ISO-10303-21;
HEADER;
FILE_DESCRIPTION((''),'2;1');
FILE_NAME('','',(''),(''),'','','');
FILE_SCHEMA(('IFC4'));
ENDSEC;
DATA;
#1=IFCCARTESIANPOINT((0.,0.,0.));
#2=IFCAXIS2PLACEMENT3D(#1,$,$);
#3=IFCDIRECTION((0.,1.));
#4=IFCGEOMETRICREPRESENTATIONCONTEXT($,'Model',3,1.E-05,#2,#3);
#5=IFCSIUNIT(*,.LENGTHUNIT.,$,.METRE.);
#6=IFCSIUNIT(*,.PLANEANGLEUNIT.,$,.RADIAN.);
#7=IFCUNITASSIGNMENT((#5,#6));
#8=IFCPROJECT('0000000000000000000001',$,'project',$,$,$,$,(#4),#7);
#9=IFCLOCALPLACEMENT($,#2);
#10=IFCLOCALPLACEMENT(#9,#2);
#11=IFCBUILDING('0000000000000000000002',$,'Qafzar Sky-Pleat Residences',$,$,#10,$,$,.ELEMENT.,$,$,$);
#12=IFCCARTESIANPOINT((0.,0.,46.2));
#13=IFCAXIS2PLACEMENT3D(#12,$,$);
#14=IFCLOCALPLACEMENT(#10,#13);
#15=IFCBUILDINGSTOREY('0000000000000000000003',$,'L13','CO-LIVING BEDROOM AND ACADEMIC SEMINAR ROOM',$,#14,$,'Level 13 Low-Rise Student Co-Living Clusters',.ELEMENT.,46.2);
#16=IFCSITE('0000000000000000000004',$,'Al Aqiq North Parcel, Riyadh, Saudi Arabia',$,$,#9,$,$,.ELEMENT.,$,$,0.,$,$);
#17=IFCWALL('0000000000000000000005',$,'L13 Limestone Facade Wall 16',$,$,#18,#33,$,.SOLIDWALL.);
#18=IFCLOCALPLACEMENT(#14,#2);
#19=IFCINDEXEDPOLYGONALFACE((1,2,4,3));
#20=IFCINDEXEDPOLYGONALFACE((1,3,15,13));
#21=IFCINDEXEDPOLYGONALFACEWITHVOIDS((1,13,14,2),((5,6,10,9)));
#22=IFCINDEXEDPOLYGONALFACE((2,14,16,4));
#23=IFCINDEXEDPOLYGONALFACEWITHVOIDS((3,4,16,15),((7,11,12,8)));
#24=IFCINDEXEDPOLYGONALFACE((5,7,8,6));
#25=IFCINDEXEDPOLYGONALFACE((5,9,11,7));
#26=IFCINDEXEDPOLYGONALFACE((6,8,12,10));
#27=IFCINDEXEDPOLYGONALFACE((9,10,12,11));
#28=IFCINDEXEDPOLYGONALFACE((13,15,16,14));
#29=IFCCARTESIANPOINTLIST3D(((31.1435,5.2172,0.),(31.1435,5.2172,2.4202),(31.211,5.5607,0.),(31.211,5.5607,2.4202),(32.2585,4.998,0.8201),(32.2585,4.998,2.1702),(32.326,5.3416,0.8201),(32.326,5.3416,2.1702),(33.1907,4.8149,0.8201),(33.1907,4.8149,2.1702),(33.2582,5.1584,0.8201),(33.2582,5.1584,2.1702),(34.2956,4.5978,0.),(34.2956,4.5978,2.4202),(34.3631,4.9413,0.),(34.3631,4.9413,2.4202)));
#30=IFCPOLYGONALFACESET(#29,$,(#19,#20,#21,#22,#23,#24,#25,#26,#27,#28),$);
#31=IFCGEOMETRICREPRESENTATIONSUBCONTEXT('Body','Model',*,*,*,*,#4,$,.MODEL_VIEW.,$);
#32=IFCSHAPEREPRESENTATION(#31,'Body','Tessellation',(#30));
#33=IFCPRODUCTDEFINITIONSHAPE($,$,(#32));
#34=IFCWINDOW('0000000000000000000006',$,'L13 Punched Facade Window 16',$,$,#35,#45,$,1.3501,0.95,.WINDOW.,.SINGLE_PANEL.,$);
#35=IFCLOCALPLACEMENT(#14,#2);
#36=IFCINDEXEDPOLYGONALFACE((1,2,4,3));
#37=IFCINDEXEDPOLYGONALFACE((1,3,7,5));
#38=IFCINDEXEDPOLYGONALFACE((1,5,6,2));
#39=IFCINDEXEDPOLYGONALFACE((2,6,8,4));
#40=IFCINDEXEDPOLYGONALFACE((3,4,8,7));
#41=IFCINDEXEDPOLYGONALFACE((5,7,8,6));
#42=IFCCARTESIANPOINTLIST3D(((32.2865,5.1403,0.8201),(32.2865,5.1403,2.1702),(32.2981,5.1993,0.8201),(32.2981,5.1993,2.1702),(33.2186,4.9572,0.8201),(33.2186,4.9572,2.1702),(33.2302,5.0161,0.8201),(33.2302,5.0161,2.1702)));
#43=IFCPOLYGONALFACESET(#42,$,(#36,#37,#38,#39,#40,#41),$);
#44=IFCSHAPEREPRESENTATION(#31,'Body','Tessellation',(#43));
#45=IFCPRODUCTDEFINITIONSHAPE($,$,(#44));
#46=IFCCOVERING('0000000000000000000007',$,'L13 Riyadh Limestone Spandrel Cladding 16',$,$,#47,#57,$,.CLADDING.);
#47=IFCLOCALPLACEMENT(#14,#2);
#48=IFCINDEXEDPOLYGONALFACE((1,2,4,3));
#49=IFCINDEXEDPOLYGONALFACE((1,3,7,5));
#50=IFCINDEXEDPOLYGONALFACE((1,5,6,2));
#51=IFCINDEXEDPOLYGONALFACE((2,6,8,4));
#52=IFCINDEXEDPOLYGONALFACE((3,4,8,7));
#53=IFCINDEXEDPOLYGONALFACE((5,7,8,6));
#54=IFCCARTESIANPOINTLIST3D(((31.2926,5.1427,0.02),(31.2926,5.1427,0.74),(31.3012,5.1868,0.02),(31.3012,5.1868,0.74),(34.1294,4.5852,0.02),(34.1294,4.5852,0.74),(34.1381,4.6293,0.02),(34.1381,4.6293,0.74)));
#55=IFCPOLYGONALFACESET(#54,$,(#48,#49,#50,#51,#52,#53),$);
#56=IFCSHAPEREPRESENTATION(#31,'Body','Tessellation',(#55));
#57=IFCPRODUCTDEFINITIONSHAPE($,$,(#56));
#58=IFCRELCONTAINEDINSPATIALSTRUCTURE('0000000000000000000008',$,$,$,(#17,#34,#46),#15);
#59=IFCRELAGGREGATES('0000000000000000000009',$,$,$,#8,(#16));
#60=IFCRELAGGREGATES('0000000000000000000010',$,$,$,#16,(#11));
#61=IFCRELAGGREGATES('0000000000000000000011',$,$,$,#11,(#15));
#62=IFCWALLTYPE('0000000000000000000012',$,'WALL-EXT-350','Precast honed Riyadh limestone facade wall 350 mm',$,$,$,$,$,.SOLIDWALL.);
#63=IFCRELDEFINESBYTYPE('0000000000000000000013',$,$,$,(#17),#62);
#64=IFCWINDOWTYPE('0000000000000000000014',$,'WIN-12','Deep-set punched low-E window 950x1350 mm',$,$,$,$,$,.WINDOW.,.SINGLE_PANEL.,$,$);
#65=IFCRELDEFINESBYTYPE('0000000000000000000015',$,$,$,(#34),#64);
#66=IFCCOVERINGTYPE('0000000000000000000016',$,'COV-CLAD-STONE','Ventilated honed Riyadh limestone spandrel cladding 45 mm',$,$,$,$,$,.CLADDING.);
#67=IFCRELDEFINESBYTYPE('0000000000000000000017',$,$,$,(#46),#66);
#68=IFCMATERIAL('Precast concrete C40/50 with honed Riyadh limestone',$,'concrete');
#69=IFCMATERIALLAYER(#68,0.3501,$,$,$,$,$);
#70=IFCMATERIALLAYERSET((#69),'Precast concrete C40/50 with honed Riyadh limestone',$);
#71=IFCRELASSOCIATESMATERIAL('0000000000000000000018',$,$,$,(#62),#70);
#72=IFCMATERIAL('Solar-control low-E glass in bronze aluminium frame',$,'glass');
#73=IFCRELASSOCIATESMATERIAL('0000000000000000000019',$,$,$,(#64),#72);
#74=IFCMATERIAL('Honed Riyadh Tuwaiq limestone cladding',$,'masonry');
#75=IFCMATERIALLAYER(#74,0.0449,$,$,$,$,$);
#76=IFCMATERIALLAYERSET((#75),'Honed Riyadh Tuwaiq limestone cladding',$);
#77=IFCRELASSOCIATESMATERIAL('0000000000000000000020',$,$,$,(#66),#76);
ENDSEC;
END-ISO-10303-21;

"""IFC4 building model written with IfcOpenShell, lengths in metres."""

from ifc_helpers import new_model, si_unit, direction, frame, frame_2d, origin, origin_2d, place, context, subcontext, project, spatial, rectangle, extrude, source, transform, mapped, material, layer, layer_set, type_object, element, fill, save


model = new_model("IFC4")

# Units and contexts
model_context = context("Model", 3, precision=1e-05, world=origin(), true_north=direction((0.0, 1.0)))
body_context = subcontext(model_context, "Body", "Model", "MODEL_VIEW")
ifc_project = project(units=[si_unit("LENGTHUNIT", "METRE"), si_unit("PLANEANGLEUNIT", "RADIAN")], contexts=[model_context])

# Site, building, storey
site_placement = place(None, origin())
site = spatial("IfcSite", under=ifc_project, at=site_placement, Name="Al Aqiq North Parcel, Riyadh, Saudi Arabia", CompositionType="ELEMENT", RefElevation=0.0)
building_placement = place(site_placement, origin())
building = spatial("IfcBuilding", under=site, at=building_placement, Name="Qafzar Sky-Pleat Residences", CompositionType="ELEMENT")
storey_placement = place(building_placement, frame((0.0, 0.0, 46.2)))
storey = spatial("IfcBuildingStorey", under=building, at=storey_placement, Name="L13", Description="CO-LIVING BEDROOM AND ACADEMIC SEMINAR ROOM", LongName="Level 13 Low-Rise Student Co-Living Clusters", CompositionType="ELEMENT", Elevation=46.2)

# Wall, opening, window
ifc_material_1 = material(Name="Precast concrete C40/50 with honed Riyadh limestone", Category="concrete")
ifc_layer_1 = layer(ifc_material_1, 0.3501)
ifc_layer_set_1 = layer_set([ifc_layer_1], Name="Precast concrete C40/50 with honed Riyadh limestone")
wall_type_1 = type_object("IfcWallType", Name="WALL-EXT-350", Description="Precast honed Riyadh limestone facade wall 350 mm", PredefinedType="SOLIDWALL", material=ifc_layer_set_1)
ifc_material_2 = material(Name="Solar-control low-E glass in bronze aluminium frame", Category="glass")
wall_1_placement = place(storey_placement, frame((31.1772, 5.3889, 0.0), z_axis=(0.0, 0.0, 1.0), x_axis=(0.981236, -0.192812, 0.0)))
wall_1 = element("IfcWall", 1, at=wall_1_placement, inside=storey, type_object=wall_type_1, Name="L13 Limestone Facade Wall 16", PredefinedType="SOLIDWALL", context=body_context, shape_type="SweptSolid", body=[
    extrude(rectangle(XDim=3.2124, YDim=0.3501, at=frame_2d((1.6062, 0.0))), origin(), (0.0, 0.0, 1.0), 2.4202),
])
opening_1_placement = place(wall_1_placement, frame((1.1362, 0.0, 0.8201)))
opening_1 = element("IfcOpeningElement", 2, at=opening_1_placement, cuts=wall_1, PredefinedType="OPENING", context=body_context, shape_type="SweptSolid", body=[
    extrude(rectangle(XDim=0.95, YDim=1.3501, at=frame_2d((0.4751, 0.675))), frame((0.0, 0.1851, 0.0), z_axis=(0.0, -1.0, 0.0), x_axis=(1.0, 0.0, 0.0)), (0.0, 0.0, 1.0), 0.3701),
])
window_type_1 = type_object("IfcWindowType", Name="WIN-12", Description="Deep-set punched low-E window 950x1350 mm", PartitioningType="SINGLE_PANEL", PredefinedType="WINDOW", material=ifc_material_2)
shared_shape_1 = source(origin(), body_context, "Body", "SweptSolid", [
    extrude(rectangle(XDim=0.95, YDim=1.3501, at=frame_2d((0.4751, 0.675))), frame((0.0, 0.03, 0.0), z_axis=(0.0, -1.0, 0.0), x_axis=(1.0, 0.0, 0.0)), (0.0, 0.0, 1.0), 0.0601),
])
window_1_placement = place(opening_1_placement, origin())
window_1 = element("IfcWindow", 3, at=window_1_placement, inside=storey, type_object=window_type_1, Name="L13 Punched Facade Window 16", OverallHeight=1.3501, OverallWidth=0.95, PartitioningType="SINGLE_PANEL", PredefinedType="WINDOW", context=body_context, shape_type="MappedRepresentation", body=[
    mapped(shared_shape_1, transform((0.0, 0.0, 0.0), x_axis=(1.0, 0.0, 0.0), y_axis=(0.0, 1.0, 0.0), z_axis=(0.0, 0.0, 1.0), scale=1.0)),
])
fill(opening_1, window_1)

# Covering
ifc_material_3 = material(Name="Honed Riyadh Tuwaiq limestone cladding", Category="masonry")
ifc_layer_2 = layer(ifc_material_3, 0.0449)
ifc_layer_set_2 = layer_set([ifc_layer_2], Name="Honed Riyadh Tuwaiq limestone cladding")
covering_type = type_object("IfcCoveringType", Name="COV-CLAD-STONE", Description="Ventilated honed Riyadh limestone spandrel cladding 45 mm", PredefinedType="CLADDING", material=ifc_layer_set_2)
shared_shape_2 = source(origin(), body_context, "Body", "SweptSolid", [
    extrude(rectangle(XDim=2.8911, YDim=0.0449, at=origin_2d()), origin(), (0.0, 0.0, 1.0), 0.72),
])
covering_placement = place(storey_placement, frame((32.7153, 4.886, 0.02), z_axis=(0.0, 0.0, 1.0), x_axis=(0.981235, -0.192816, 0.0)))
element("IfcCovering", 4, at=covering_placement, inside=storey, type_object=covering_type, Name="L13 Riyadh Limestone Spandrel Cladding 16", PredefinedType="CLADDING", context=body_context, shape_type="MappedRepresentation", body=[
    mapped(shared_shape_2, transform((0.0, 0.0, 0.0), x_axis=(1.0, 0.0, 0.0), y_axis=(0.0, 1.0, 0.0), z_axis=(0.0, 0.0, 1.0), scale=1.0)),
])

save(model, "model.ifc")
